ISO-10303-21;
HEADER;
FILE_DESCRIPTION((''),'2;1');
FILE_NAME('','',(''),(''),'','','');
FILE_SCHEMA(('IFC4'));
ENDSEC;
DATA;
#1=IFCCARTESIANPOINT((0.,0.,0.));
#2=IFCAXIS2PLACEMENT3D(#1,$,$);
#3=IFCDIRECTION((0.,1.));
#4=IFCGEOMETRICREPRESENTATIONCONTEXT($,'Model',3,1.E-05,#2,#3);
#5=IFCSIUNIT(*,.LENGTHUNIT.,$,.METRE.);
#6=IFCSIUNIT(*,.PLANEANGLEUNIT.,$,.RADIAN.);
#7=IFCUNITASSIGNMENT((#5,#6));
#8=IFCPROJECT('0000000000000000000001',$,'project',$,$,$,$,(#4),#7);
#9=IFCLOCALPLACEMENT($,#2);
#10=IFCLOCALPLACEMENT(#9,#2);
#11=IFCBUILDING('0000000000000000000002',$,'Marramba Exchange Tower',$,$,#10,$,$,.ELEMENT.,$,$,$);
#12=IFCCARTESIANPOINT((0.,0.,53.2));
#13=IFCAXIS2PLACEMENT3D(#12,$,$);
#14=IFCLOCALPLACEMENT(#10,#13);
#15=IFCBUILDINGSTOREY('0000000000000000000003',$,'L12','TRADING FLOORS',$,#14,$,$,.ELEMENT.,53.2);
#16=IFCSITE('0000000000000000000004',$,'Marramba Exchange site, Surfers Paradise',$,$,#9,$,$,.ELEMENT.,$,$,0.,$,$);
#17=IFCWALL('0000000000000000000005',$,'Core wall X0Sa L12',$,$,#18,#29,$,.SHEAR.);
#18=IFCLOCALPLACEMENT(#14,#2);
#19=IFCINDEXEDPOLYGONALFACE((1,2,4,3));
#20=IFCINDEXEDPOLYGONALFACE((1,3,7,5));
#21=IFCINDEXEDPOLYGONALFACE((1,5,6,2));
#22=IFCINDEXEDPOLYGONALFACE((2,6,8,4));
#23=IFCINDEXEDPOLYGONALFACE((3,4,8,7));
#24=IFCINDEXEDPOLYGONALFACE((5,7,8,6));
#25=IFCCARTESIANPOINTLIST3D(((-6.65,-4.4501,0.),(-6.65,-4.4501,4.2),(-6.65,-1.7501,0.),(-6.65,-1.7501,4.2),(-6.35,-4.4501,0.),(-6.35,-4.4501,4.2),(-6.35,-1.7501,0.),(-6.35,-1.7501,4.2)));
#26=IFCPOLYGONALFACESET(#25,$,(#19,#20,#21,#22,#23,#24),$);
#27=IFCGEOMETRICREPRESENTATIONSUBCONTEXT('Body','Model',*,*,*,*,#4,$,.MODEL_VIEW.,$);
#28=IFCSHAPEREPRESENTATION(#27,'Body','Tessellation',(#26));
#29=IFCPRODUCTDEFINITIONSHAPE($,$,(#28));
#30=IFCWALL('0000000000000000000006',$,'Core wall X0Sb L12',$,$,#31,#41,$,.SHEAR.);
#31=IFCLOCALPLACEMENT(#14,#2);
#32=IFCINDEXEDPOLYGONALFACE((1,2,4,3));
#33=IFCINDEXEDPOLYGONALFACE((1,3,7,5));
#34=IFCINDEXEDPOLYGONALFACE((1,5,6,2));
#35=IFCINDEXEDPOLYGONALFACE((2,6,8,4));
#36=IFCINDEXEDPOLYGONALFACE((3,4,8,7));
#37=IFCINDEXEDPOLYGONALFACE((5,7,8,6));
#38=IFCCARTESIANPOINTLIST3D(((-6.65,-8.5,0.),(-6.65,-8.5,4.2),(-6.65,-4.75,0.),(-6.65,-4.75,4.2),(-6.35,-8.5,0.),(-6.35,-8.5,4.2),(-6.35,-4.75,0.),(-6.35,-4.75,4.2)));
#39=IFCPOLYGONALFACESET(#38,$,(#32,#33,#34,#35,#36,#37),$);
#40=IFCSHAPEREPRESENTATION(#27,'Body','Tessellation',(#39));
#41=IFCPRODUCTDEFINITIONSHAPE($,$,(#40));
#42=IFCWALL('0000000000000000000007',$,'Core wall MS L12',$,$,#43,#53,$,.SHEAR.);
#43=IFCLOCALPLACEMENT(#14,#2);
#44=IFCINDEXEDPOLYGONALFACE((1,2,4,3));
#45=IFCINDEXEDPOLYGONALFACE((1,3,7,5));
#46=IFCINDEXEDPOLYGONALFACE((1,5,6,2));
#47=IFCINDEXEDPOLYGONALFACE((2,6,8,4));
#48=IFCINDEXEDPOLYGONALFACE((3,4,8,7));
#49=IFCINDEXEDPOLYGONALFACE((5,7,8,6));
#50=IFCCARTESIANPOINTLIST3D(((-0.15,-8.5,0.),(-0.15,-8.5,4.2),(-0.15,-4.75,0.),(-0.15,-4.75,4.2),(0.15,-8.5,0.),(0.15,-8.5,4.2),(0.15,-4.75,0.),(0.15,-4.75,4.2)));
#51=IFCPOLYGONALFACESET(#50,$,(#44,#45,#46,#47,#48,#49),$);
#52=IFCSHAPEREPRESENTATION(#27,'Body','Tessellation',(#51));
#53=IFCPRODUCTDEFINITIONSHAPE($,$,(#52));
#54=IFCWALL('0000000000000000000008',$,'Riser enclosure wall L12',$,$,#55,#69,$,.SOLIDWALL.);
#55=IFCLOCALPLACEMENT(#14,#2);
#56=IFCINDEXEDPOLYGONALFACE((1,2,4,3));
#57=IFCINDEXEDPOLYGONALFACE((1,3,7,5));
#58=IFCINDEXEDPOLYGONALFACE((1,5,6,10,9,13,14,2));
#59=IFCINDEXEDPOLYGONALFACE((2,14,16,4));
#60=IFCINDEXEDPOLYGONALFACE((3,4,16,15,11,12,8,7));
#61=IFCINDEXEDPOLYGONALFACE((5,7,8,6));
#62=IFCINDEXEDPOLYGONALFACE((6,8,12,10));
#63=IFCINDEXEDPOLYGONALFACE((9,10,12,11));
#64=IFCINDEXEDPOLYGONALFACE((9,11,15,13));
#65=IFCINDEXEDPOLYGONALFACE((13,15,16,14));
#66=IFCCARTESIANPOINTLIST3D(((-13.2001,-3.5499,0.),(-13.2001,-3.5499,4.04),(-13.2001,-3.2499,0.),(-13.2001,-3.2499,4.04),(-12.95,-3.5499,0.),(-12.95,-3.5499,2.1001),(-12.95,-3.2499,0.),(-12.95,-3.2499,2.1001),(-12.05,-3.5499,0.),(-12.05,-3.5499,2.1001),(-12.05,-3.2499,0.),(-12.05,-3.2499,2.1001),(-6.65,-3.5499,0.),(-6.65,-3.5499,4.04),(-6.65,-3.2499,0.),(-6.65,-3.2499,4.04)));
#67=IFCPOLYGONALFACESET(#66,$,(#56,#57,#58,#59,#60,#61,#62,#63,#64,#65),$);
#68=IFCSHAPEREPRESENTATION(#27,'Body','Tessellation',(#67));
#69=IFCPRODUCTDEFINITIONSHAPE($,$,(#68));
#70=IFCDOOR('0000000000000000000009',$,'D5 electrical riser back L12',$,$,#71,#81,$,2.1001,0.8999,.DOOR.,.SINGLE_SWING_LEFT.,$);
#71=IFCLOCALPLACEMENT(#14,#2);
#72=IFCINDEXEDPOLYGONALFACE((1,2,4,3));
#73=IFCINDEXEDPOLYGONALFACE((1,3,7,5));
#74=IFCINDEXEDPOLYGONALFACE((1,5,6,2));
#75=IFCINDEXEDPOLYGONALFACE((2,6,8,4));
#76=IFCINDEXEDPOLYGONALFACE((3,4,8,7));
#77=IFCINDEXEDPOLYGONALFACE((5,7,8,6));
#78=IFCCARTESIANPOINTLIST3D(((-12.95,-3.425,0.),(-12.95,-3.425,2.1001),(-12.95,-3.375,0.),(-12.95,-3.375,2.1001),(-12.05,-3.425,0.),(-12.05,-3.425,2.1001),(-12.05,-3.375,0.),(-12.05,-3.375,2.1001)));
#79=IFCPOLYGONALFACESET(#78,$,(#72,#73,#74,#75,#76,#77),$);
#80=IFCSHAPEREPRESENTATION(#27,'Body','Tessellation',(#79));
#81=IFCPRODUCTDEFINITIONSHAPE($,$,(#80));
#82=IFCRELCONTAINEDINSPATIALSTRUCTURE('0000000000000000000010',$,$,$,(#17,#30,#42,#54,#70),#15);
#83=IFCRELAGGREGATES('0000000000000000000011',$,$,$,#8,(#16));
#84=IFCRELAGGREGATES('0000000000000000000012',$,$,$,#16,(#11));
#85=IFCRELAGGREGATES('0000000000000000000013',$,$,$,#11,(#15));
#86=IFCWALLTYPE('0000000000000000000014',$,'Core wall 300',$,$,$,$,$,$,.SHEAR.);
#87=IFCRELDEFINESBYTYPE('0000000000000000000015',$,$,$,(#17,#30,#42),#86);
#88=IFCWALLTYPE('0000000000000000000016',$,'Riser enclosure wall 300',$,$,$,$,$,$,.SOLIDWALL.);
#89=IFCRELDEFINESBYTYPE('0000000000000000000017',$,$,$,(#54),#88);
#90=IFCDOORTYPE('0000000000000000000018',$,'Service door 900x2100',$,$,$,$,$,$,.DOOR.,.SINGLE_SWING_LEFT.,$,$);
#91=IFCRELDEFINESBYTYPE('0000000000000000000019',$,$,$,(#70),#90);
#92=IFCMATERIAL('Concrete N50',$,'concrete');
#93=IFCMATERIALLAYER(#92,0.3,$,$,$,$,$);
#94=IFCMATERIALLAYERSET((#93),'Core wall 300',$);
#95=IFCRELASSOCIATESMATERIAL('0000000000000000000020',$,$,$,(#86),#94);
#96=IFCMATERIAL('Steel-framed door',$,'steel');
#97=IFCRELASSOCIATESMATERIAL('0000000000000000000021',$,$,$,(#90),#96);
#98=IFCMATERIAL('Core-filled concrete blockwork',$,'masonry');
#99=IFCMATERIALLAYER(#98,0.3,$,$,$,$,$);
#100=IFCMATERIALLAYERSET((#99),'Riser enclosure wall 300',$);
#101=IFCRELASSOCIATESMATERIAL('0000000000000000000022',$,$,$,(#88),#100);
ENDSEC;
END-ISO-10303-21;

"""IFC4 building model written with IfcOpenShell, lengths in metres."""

from ifc_helpers import new_model, si_unit, direction, frame, frame_2d, origin, place, context, subcontext, project, spatial, rectangle, extrude, material, layer, layer_set, type_object, element, fill, save


model = new_model("IFC4")

# Units and contexts
model_context = context("Model", 3, precision=1e-05, world=origin(), true_north=direction((0.0, 1.0)))
body_context = subcontext(model_context, "Body", "Model", "MODEL_VIEW")
ifc_project = project(units=[si_unit("LENGTHUNIT", "METRE"), si_unit("PLANEANGLEUNIT", "RADIAN")], contexts=[model_context])

# Site, building, storey
site_placement = place(None, origin())
site = spatial("IfcSite", under=ifc_project, at=site_placement, Name="Marramba Exchange site, Surfers Paradise", CompositionType="ELEMENT", RefElevation=0.0)
building_placement = place(site_placement, origin())
building = spatial("IfcBuilding", under=site, at=building_placement, Name="Marramba Exchange Tower", CompositionType="ELEMENT")
storey_placement = place(building_placement, frame((0.0, 0.0, 53.2)))
storey = spatial("IfcBuildingStorey", under=building, at=storey_placement, Name="L12", Description="TRADING FLOORS", CompositionType="ELEMENT", Elevation=53.2)

# Shared definitions
ifc_material_1 = material(Name="Concrete N50", Category="concrete")

# Shared definitions
ifc_layer_1 = layer(ifc_material_1, 0.3)
ifc_layer_set_1 = layer_set([ifc_layer_1], Name="Core wall 300")
wall_type_1 = type_object("IfcWallType", Name="Core wall 300", PredefinedType="SHEAR", material=ifc_layer_set_1)
ifc_material_2 = material(Name="Steel-framed door", Category="steel")
door_type_1 = type_object("IfcDoorType", Name="Service door 900x2100", OperationType="SINGLE_SWING_LEFT", PredefinedType="DOOR", material=ifc_material_2)

# Walls
wall_1_placement = place(storey_placement, frame((-6.5, -1.75, 0.0), z_axis=(0.0, 0.0, 1.0), x_axis=(0.0, -1.0, 0.0)))
element("IfcWall", 1, at=wall_1_placement, inside=storey, type_object=wall_type_1, Name="Core wall X0Sa L12", PredefinedType="SHEAR", context=body_context, shape_type="SweptSolid", body=[
    extrude(rectangle(XDim=2.7, YDim=0.3, at=frame_2d((1.3501, 0.0))), origin(), (0.0, 0.0, 1.0), 4.2),
])
for number, where, z_axis, x_axis, name in (
    (2, (-6.5, -4.75, 0.0), (0.0, 0.0, 1.0), (0.0, -1.0, 0.0), "Core wall X0Sb L12"),
    (3, (0.0, -4.75, 0.0), (0.0, 0.0, 1.0), (0.0, -1.0, 0.0), "Core wall MS L12"),
):
    element("IfcWall", number, at=place(storey_placement, frame(where, z_axis=z_axis, x_axis=x_axis)), inside=storey, type_object=wall_type_1, Name=name, PredefinedType="SHEAR", context=body_context, shape_type="SweptSolid", body=[
        extrude(rectangle(XDim=3.75, YDim=0.3, at=frame_2d((1.875, 0.0))), origin(), (0.0, 0.0, 1.0), 4.2),
    ])

# Wall, opening, door
ifc_material_3 = material(Name="Core-filled concrete blockwork", Category="masonry")
ifc_layer_2 = layer(ifc_material_3, 0.3)
ifc_layer_set_2 = layer_set([ifc_layer_2], Name="Riser enclosure wall 300")
wall_type_2 = type_object("IfcWallType", Name="Riser enclosure wall 300", PredefinedType="SOLIDWALL", material=ifc_layer_set_2)
wall_2_placement = place(storey_placement, frame((-13.2, -3.3999, 0.0), z_axis=(0.0, 0.0, 1.0), x_axis=(1.0, 0.0, 0.0)))
wall_2 = element("IfcWall", 4, at=wall_2_placement, inside=storey, type_object=wall_type_2, Name="Riser enclosure wall L12", PredefinedType="SOLIDWALL", context=body_context, shape_type="SweptSolid", body=[
    extrude(rectangle(XDim=6.55, YDim=0.3, at=frame_2d((3.2749, 0.0))), origin(), (0.0, 0.0, 1.0), 4.04),
])
opening_1_placement = place(wall_2_placement, frame((0.25, 0.0, 0.0)))
opening_1 = element("IfcOpeningElement", 5, at=opening_1_placement, cuts=wall_2, PredefinedType="OPENING", context=body_context, shape_type="SweptSolid", body=[
    extrude(rectangle(XDim=0.8999, YDim=2.1001, at=frame_2d((0.45, 1.05))), frame((0.0, 0.1599, 0.0), z_axis=(0.0, -1.0, 0.0), x_axis=(1.0, 0.0, 0.0)), (0.0, 0.0, 1.0), 0.3201),
])
door_1_placement = place(opening_1_placement, origin())
door_1 = element("IfcDoor", 6, at=door_1_placement, inside=storey, type_object=door_type_1, Name="D5 electrical riser back L12", OperationType="SINGLE_SWING_LEFT", OverallHeight=2.1001, OverallWidth=0.8999, PredefinedType="DOOR", context=body_context, shape_type="SweptSolid", body=[
    extrude(rectangle(XDim=0.8999, YDim=2.1001, at=frame_2d((0.45, 1.05))), frame((0.0, 0.0249, 0.0), z_axis=(0.0, -1.0, 0.0), x_axis=(1.0, 0.0, 0.0)), (0.0, 0.0, 1.0), 0.05),
])
fill(opening_1, door_1)

save(model, "model.ifc")
